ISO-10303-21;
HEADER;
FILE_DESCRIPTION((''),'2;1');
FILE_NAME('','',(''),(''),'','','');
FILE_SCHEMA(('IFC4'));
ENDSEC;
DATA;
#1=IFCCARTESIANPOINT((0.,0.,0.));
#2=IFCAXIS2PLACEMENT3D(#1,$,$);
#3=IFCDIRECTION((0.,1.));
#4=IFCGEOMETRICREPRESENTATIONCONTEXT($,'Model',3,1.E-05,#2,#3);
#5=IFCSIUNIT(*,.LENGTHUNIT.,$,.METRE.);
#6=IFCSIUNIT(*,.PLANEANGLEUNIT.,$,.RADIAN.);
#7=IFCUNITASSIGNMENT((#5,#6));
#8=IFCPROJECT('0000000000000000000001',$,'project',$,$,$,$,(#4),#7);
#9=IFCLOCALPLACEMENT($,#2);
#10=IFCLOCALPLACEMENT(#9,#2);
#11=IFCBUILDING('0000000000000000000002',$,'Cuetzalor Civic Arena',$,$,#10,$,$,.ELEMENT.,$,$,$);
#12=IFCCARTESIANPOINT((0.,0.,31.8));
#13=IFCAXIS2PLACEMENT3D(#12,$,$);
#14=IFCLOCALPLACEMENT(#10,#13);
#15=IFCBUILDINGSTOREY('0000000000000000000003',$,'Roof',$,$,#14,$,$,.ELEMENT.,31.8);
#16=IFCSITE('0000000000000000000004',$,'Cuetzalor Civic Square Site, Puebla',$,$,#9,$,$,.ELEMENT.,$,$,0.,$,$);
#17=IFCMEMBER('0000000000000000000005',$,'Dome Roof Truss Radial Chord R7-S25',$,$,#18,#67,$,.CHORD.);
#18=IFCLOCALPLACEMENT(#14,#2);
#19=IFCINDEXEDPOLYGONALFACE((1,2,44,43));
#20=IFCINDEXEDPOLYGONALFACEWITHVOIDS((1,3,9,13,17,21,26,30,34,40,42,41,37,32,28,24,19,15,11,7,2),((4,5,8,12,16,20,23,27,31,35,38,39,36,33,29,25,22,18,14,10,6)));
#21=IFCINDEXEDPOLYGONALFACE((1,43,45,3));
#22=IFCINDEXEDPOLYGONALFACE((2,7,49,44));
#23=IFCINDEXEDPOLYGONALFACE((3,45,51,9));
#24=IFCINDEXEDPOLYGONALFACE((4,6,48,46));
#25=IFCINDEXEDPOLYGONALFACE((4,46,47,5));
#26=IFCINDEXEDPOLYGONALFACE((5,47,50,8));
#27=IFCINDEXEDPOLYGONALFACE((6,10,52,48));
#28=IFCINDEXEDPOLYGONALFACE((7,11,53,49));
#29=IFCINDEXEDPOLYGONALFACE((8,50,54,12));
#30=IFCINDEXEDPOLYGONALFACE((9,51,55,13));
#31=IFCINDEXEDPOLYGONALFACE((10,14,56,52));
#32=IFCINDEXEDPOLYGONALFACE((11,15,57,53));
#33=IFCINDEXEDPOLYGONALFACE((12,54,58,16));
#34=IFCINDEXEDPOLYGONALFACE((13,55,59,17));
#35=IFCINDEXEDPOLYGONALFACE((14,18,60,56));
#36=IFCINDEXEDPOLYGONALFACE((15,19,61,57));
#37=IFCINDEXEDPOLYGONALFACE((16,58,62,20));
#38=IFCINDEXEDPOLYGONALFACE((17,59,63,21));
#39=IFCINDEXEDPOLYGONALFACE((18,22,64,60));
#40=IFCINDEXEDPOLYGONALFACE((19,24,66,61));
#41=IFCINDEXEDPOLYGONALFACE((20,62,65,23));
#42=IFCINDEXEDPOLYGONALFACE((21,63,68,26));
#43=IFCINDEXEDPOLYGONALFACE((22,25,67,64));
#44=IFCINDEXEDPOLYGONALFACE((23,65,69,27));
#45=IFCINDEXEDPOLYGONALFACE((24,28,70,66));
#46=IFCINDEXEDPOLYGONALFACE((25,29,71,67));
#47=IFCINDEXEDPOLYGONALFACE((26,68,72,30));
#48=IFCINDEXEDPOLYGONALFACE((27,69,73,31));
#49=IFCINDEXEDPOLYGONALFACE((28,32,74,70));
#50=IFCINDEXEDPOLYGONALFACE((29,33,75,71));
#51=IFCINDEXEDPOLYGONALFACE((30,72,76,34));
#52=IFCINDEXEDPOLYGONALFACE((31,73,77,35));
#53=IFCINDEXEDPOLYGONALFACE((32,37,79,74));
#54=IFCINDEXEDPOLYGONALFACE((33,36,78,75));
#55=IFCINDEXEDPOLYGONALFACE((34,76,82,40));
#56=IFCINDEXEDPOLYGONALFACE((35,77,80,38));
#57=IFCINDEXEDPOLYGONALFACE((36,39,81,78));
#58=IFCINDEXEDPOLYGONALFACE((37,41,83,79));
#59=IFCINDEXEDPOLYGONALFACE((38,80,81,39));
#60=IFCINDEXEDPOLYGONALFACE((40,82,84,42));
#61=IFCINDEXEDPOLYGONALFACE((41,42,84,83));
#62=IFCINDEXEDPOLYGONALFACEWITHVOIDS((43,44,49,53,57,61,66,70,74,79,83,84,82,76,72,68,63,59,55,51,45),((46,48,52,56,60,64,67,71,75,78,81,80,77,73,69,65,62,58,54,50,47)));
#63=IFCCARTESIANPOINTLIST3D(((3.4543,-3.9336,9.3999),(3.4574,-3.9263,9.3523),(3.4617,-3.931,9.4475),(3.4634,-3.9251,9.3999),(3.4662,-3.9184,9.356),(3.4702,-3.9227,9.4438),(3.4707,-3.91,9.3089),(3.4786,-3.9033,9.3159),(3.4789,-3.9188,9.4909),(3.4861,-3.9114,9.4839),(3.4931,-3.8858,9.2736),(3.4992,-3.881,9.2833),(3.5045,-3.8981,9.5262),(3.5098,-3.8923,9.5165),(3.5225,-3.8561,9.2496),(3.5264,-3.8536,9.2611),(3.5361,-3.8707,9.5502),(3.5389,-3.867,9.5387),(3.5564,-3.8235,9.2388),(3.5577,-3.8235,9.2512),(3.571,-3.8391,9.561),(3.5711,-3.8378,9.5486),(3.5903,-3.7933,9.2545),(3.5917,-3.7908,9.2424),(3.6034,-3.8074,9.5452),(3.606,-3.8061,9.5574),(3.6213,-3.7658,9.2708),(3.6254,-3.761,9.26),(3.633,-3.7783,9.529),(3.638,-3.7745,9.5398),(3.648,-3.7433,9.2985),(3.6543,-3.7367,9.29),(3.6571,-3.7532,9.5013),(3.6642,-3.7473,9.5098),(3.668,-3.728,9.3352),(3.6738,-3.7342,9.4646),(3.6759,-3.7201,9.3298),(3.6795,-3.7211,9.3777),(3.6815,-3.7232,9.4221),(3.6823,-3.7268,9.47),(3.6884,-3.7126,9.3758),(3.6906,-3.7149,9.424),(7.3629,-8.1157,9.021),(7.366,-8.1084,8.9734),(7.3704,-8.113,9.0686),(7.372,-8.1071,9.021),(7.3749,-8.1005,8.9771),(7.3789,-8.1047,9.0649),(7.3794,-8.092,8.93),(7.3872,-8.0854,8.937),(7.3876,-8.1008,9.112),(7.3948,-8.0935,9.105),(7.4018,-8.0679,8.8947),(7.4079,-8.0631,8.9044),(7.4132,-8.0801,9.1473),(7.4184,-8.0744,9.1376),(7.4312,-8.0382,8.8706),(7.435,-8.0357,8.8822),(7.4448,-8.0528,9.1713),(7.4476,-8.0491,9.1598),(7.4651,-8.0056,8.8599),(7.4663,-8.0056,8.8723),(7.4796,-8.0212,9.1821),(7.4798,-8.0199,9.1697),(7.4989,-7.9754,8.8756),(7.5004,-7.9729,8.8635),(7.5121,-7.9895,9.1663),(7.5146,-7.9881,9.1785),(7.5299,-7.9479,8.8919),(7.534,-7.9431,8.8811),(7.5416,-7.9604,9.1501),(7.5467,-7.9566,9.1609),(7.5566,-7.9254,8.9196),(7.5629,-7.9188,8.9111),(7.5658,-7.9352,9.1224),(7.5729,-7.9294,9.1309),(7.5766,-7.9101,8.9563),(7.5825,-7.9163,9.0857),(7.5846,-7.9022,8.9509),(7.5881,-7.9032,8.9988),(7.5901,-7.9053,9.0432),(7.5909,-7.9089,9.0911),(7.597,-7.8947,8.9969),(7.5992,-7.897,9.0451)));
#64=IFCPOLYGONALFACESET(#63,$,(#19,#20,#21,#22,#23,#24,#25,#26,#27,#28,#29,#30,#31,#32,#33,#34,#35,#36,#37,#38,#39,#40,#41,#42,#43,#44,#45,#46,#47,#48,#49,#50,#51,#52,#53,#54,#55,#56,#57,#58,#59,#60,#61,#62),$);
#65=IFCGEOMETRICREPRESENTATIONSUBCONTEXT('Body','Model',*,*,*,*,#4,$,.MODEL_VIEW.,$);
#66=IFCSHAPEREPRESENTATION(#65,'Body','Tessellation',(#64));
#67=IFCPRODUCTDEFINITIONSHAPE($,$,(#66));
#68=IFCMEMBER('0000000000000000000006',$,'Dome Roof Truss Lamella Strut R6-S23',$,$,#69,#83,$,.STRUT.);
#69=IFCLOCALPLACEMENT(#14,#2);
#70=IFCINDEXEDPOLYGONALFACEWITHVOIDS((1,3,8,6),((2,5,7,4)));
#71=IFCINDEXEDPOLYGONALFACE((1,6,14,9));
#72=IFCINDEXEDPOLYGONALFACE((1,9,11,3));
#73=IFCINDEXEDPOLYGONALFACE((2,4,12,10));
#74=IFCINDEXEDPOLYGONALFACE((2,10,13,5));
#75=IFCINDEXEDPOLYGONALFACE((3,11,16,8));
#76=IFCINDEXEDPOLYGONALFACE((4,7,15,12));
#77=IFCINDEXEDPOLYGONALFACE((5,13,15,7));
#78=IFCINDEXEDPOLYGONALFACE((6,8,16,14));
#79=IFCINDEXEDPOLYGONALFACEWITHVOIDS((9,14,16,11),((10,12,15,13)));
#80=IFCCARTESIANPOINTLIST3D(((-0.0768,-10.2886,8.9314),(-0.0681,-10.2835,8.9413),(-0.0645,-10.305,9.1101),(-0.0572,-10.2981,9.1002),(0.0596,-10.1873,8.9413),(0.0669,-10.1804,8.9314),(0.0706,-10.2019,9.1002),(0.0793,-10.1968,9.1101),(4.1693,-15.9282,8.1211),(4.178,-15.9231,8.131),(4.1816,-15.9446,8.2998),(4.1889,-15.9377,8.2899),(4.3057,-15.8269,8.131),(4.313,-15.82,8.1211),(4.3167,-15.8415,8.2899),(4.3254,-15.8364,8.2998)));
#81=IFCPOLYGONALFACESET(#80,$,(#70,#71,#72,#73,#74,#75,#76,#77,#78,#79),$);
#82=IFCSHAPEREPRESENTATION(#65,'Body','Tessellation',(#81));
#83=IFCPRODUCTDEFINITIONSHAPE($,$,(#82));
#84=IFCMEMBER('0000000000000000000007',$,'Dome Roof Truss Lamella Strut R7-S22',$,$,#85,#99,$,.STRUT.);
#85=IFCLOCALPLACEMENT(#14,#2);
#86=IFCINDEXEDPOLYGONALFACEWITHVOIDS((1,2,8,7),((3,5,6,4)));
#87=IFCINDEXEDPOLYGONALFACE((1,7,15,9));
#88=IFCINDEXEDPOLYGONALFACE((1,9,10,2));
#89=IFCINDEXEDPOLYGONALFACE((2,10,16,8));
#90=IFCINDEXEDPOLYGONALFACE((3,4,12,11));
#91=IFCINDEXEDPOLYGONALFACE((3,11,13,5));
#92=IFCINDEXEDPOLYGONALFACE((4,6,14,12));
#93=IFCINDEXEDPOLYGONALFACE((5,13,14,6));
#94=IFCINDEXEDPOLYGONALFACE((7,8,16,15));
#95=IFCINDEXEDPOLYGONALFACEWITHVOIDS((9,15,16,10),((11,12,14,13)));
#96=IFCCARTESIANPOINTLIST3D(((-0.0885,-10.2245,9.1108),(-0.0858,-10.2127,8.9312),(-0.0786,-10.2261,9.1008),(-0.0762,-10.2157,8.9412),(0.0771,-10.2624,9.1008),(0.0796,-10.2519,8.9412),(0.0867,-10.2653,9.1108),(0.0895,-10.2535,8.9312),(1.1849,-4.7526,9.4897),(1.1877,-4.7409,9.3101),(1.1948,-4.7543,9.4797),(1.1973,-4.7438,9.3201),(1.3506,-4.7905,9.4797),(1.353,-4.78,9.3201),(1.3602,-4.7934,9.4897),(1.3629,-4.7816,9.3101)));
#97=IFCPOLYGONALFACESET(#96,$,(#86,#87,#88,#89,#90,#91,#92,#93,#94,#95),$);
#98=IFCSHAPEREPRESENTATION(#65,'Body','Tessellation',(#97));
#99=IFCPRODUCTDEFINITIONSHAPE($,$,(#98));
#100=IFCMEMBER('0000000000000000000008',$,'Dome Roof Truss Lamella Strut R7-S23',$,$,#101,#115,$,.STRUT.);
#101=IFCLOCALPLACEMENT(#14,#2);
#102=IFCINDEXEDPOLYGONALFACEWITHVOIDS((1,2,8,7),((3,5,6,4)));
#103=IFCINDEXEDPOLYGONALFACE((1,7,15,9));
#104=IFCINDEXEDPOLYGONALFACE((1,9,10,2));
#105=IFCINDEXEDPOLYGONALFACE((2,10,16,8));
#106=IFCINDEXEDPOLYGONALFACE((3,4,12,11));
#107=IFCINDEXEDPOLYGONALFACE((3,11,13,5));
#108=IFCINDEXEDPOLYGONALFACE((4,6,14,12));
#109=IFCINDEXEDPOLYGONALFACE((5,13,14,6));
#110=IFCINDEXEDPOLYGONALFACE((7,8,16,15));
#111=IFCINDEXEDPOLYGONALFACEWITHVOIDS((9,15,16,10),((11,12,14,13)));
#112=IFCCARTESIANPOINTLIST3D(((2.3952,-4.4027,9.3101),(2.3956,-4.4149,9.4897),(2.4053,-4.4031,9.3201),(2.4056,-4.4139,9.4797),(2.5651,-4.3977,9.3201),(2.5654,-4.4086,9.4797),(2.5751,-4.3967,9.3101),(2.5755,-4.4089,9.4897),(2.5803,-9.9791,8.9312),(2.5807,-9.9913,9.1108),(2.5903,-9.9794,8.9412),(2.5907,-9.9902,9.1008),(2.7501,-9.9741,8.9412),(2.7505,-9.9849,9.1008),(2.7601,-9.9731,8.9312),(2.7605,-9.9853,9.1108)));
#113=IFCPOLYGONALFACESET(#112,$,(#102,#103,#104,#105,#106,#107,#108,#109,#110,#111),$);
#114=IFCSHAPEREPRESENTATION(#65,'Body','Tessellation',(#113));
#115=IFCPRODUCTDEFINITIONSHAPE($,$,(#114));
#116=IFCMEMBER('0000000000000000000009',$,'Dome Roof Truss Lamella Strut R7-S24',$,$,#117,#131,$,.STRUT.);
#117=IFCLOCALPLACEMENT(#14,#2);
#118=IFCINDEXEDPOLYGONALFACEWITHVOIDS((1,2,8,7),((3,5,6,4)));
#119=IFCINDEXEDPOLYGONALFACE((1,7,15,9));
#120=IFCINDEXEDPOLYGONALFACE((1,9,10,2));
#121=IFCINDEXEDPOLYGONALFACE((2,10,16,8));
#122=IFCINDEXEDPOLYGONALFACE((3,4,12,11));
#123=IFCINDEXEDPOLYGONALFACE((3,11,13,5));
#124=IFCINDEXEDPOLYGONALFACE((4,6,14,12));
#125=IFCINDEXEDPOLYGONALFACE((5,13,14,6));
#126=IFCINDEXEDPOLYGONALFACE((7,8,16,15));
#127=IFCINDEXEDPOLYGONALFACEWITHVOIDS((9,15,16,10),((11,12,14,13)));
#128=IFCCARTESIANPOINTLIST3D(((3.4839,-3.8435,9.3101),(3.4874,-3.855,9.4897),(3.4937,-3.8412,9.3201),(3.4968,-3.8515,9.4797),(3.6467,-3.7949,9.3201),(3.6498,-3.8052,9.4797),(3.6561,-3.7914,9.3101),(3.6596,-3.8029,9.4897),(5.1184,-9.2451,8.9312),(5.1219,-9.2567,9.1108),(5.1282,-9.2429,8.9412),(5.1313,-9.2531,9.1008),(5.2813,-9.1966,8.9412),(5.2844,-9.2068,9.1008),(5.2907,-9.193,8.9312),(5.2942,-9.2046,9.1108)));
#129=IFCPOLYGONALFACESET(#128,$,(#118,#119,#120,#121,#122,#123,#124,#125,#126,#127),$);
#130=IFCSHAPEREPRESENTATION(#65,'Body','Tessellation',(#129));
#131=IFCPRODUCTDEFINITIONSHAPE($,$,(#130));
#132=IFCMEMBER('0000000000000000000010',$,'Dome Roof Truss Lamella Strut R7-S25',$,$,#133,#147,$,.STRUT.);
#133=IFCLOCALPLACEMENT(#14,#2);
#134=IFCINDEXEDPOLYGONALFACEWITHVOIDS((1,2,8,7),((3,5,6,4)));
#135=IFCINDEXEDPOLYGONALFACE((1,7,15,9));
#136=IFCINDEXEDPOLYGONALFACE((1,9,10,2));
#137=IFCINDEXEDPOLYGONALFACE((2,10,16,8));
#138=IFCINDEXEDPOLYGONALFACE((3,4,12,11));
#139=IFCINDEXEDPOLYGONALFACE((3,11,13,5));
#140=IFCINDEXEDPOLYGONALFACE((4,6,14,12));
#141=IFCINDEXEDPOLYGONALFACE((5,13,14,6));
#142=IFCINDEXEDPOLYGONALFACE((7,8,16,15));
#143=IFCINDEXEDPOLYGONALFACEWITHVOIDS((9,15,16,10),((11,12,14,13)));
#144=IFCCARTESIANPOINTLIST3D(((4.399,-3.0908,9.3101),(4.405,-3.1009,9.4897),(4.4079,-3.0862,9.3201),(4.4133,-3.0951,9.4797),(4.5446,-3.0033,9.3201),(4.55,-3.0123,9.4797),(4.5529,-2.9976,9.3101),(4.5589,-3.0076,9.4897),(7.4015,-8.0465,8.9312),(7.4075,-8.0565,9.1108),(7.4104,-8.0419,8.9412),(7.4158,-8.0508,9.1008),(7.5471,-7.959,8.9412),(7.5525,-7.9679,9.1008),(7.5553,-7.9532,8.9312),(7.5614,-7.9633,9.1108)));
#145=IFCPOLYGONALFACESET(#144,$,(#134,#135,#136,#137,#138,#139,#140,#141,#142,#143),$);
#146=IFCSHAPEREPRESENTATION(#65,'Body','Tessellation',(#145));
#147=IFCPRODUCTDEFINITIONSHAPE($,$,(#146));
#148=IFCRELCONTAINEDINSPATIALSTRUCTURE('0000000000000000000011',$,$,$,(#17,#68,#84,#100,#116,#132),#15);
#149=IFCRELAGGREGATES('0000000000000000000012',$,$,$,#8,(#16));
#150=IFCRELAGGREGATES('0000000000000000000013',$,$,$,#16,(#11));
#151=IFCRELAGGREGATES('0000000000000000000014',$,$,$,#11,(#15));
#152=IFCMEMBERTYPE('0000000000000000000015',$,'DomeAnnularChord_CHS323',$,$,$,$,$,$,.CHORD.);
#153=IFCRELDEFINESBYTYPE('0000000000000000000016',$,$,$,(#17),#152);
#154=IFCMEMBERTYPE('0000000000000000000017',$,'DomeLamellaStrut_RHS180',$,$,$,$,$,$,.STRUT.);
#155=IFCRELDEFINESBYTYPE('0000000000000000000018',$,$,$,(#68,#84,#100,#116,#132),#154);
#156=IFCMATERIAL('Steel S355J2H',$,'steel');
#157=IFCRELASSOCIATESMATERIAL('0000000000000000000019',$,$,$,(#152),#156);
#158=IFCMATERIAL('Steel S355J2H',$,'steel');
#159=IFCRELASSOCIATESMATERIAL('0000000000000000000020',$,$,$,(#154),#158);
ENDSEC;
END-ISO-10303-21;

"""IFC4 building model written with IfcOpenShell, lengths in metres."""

from ifc_helpers import new_model, si_unit, direction, frame, origin, origin_2d, place, context, subcontext, project, spatial, hollow_rectangle, hollow_circle, extrude, material, material_profile, profile_set, type_object, element, save


model = new_model("IFC4")

# Units and contexts
model_context = context("Model", 3, precision=1e-05, world=origin(), true_north=direction((0.0, 1.0)))
body_context = subcontext(model_context, "Body", "Model", "MODEL_VIEW")
ifc_project = project(units=[si_unit("LENGTHUNIT", "METRE"), si_unit("PLANEANGLEUNIT", "RADIAN")], contexts=[model_context])

# Site, building, storey
site_placement = place(None, origin())
site = spatial("IfcSite", under=ifc_project, at=site_placement, Name="Cuetzalor Civic Square Site, Puebla", CompositionType="ELEMENT", RefElevation=0.0)
building_placement = place(site_placement, origin())
building = spatial("IfcBuilding", under=site, at=building_placement, Name="Cuetzalor Civic Arena", CompositionType="ELEMENT")
storey_placement = place(building_placement, frame((0.0, 0.0, 31.8)))
storey = spatial("IfcBuildingStorey", under=building, at=storey_placement, Name="Roof", CompositionType="ELEMENT", Elevation=31.8)

# Members
ifc_material_1 = material(Name="Steel S355J2H", Category="steel")
ifc_material_profile_1 = material_profile(ifc_material_1, hollow_circle(Radius=0.1619, WallThickness=0.0125, at=origin_2d()), Name="CHS 323.9x12.5")
ifc_profile_set_1 = profile_set([ifc_material_profile_1], Name="Steel S355J2H")
member_type_1 = type_object("IfcMemberType", Name="DomeAnnularChord_CHS323", PredefinedType="CHORD", material=ifc_profile_set_1)
member_1_placement = place(storey_placement, frame((7.4812, -8.0051, 9.021), z_axis=(-0.681329, 0.728992, 0.066048), x_axis=(-0.730587, -0.68282, 0.0)))
element("IfcMember", 1, at=member_1_placement, inside=storey, type_object=member_type_1, Name="Dome Roof Truss Radial Chord R7-S25", PredefinedType="CHORD", context=body_context, shape_type="SweptSolid", body=[
    extrude(hollow_circle(Radius=0.1619, WallThickness=0.0125, at=origin_2d()), origin(), (0.0, 0.0, 1.0), 5.7368),
])
ifc_material_2 = material(Name="Steel S355J2H", Category="steel")
ifc_material_profile_2 = material_profile(ifc_material_2, hollow_rectangle(XDim=0.1799, YDim=0.1799, WallThickness=0.01, at=origin_2d()), Name="RHS 180x180x10")
ifc_profile_set_2 = profile_set([ifc_material_profile_2], Name="Steel S355J2H")
member_type_2 = type_object("IfcMemberType", Name="DomeLamellaStrut_RHS180", PredefinedType="STRUT", material=ifc_profile_set_2)
member_2_placement = place(storey_placement, frame((4.2473, -15.8823, 8.2104), z_axis=(-0.597558, 0.793675, 0.114035), x_axis=(-0.798886, -0.601482, 0.0)))
element("IfcMember", 2, at=member_2_placement, inside=storey, type_object=member_type_2, Name="Dome Roof Truss Lamella Strut R6-S23", PredefinedType="STRUT", context=body_context, shape_type="SweptSolid", body=[
    extrude(hollow_rectangle(XDim=0.1799, YDim=0.1799, WallThickness=0.01, at=origin_2d()), origin(), (0.0, 0.0, 1.0), 7.1057),
])
member_3_placement = place(storey_placement, frame((0.0005, -10.239, 9.021), z_axis=(0.226151, 0.971765, 0.06729), x_axis=(-0.973973, 0.226665, 0.0)))
element("IfcMember", 3, at=member_3_placement, inside=storey, type_object=member_type_2, Name="Dome Roof Truss Lamella Strut R7-S22", PredefinedType="STRUT", context=body_context, shape_type="SweptSolid", body=[
    extrude(hollow_rectangle(XDim=0.1799, YDim=0.1799, WallThickness=0.01, at=origin_2d()), origin(), (0.0, 0.0, 1.0), 5.6309),
])
member_4_placement = place(storey_placement, frame((2.6704, -9.9822, 9.021), z_axis=(-0.033091, 0.997153, 0.067755), x_axis=(-0.99945, -0.033168, 0.0)))
element("IfcMember", 4, at=member_4_placement, inside=storey, type_object=member_type_2, Name="Dome Roof Truss Lamella Strut R7-S23", PredefinedType="STRUT", context=body_context, shape_type="SweptSolid", body=[
    extrude(hollow_rectangle(XDim=0.1799, YDim=0.1799, WallThickness=0.01, at=origin_2d()), origin(), (0.0, 0.0, 1.0), 5.5923),
])
member_5_placement = place(storey_placement, frame((5.2063, -9.2249, 9.021), z_axis=(-0.288979, 0.954989, 0.06699), x_axis=(-0.957139, -0.289629, 0.0)))
element("IfcMember", 5, at=member_5_placement, inside=storey, type_object=member_type_2, Name="Dome Roof Truss Lamella Strut R7-S24", PredefinedType="STRUT", context=body_context, shape_type="SweptSolid", body=[
    extrude(hollow_rectangle(XDim=0.1799, YDim=0.1799, WallThickness=0.01, at=origin_2d()), origin(), (0.0, 0.0, 1.0), 5.6562),
])
member_6_placement = place(storey_placement, frame((7.4814, -8.0049, 9.021), z_axis=(-0.51708, 0.853446, 0.065255), x_axis=(-0.855269, -0.518184, 0.0)))
element("IfcMember", 6, at=member_6_placement, inside=storey, type_object=member_type_2, Name="Dome Roof Truss Lamella Strut R7-S25", PredefinedType="STRUT", context=body_context, shape_type="SweptSolid", body=[
    extrude(hollow_rectangle(XDim=0.1799, YDim=0.1799, WallThickness=0.01, at=origin_2d()), origin(), (0.0, 0.0, 1.0), 5.8066),
])

save(model, "model.ifc")
